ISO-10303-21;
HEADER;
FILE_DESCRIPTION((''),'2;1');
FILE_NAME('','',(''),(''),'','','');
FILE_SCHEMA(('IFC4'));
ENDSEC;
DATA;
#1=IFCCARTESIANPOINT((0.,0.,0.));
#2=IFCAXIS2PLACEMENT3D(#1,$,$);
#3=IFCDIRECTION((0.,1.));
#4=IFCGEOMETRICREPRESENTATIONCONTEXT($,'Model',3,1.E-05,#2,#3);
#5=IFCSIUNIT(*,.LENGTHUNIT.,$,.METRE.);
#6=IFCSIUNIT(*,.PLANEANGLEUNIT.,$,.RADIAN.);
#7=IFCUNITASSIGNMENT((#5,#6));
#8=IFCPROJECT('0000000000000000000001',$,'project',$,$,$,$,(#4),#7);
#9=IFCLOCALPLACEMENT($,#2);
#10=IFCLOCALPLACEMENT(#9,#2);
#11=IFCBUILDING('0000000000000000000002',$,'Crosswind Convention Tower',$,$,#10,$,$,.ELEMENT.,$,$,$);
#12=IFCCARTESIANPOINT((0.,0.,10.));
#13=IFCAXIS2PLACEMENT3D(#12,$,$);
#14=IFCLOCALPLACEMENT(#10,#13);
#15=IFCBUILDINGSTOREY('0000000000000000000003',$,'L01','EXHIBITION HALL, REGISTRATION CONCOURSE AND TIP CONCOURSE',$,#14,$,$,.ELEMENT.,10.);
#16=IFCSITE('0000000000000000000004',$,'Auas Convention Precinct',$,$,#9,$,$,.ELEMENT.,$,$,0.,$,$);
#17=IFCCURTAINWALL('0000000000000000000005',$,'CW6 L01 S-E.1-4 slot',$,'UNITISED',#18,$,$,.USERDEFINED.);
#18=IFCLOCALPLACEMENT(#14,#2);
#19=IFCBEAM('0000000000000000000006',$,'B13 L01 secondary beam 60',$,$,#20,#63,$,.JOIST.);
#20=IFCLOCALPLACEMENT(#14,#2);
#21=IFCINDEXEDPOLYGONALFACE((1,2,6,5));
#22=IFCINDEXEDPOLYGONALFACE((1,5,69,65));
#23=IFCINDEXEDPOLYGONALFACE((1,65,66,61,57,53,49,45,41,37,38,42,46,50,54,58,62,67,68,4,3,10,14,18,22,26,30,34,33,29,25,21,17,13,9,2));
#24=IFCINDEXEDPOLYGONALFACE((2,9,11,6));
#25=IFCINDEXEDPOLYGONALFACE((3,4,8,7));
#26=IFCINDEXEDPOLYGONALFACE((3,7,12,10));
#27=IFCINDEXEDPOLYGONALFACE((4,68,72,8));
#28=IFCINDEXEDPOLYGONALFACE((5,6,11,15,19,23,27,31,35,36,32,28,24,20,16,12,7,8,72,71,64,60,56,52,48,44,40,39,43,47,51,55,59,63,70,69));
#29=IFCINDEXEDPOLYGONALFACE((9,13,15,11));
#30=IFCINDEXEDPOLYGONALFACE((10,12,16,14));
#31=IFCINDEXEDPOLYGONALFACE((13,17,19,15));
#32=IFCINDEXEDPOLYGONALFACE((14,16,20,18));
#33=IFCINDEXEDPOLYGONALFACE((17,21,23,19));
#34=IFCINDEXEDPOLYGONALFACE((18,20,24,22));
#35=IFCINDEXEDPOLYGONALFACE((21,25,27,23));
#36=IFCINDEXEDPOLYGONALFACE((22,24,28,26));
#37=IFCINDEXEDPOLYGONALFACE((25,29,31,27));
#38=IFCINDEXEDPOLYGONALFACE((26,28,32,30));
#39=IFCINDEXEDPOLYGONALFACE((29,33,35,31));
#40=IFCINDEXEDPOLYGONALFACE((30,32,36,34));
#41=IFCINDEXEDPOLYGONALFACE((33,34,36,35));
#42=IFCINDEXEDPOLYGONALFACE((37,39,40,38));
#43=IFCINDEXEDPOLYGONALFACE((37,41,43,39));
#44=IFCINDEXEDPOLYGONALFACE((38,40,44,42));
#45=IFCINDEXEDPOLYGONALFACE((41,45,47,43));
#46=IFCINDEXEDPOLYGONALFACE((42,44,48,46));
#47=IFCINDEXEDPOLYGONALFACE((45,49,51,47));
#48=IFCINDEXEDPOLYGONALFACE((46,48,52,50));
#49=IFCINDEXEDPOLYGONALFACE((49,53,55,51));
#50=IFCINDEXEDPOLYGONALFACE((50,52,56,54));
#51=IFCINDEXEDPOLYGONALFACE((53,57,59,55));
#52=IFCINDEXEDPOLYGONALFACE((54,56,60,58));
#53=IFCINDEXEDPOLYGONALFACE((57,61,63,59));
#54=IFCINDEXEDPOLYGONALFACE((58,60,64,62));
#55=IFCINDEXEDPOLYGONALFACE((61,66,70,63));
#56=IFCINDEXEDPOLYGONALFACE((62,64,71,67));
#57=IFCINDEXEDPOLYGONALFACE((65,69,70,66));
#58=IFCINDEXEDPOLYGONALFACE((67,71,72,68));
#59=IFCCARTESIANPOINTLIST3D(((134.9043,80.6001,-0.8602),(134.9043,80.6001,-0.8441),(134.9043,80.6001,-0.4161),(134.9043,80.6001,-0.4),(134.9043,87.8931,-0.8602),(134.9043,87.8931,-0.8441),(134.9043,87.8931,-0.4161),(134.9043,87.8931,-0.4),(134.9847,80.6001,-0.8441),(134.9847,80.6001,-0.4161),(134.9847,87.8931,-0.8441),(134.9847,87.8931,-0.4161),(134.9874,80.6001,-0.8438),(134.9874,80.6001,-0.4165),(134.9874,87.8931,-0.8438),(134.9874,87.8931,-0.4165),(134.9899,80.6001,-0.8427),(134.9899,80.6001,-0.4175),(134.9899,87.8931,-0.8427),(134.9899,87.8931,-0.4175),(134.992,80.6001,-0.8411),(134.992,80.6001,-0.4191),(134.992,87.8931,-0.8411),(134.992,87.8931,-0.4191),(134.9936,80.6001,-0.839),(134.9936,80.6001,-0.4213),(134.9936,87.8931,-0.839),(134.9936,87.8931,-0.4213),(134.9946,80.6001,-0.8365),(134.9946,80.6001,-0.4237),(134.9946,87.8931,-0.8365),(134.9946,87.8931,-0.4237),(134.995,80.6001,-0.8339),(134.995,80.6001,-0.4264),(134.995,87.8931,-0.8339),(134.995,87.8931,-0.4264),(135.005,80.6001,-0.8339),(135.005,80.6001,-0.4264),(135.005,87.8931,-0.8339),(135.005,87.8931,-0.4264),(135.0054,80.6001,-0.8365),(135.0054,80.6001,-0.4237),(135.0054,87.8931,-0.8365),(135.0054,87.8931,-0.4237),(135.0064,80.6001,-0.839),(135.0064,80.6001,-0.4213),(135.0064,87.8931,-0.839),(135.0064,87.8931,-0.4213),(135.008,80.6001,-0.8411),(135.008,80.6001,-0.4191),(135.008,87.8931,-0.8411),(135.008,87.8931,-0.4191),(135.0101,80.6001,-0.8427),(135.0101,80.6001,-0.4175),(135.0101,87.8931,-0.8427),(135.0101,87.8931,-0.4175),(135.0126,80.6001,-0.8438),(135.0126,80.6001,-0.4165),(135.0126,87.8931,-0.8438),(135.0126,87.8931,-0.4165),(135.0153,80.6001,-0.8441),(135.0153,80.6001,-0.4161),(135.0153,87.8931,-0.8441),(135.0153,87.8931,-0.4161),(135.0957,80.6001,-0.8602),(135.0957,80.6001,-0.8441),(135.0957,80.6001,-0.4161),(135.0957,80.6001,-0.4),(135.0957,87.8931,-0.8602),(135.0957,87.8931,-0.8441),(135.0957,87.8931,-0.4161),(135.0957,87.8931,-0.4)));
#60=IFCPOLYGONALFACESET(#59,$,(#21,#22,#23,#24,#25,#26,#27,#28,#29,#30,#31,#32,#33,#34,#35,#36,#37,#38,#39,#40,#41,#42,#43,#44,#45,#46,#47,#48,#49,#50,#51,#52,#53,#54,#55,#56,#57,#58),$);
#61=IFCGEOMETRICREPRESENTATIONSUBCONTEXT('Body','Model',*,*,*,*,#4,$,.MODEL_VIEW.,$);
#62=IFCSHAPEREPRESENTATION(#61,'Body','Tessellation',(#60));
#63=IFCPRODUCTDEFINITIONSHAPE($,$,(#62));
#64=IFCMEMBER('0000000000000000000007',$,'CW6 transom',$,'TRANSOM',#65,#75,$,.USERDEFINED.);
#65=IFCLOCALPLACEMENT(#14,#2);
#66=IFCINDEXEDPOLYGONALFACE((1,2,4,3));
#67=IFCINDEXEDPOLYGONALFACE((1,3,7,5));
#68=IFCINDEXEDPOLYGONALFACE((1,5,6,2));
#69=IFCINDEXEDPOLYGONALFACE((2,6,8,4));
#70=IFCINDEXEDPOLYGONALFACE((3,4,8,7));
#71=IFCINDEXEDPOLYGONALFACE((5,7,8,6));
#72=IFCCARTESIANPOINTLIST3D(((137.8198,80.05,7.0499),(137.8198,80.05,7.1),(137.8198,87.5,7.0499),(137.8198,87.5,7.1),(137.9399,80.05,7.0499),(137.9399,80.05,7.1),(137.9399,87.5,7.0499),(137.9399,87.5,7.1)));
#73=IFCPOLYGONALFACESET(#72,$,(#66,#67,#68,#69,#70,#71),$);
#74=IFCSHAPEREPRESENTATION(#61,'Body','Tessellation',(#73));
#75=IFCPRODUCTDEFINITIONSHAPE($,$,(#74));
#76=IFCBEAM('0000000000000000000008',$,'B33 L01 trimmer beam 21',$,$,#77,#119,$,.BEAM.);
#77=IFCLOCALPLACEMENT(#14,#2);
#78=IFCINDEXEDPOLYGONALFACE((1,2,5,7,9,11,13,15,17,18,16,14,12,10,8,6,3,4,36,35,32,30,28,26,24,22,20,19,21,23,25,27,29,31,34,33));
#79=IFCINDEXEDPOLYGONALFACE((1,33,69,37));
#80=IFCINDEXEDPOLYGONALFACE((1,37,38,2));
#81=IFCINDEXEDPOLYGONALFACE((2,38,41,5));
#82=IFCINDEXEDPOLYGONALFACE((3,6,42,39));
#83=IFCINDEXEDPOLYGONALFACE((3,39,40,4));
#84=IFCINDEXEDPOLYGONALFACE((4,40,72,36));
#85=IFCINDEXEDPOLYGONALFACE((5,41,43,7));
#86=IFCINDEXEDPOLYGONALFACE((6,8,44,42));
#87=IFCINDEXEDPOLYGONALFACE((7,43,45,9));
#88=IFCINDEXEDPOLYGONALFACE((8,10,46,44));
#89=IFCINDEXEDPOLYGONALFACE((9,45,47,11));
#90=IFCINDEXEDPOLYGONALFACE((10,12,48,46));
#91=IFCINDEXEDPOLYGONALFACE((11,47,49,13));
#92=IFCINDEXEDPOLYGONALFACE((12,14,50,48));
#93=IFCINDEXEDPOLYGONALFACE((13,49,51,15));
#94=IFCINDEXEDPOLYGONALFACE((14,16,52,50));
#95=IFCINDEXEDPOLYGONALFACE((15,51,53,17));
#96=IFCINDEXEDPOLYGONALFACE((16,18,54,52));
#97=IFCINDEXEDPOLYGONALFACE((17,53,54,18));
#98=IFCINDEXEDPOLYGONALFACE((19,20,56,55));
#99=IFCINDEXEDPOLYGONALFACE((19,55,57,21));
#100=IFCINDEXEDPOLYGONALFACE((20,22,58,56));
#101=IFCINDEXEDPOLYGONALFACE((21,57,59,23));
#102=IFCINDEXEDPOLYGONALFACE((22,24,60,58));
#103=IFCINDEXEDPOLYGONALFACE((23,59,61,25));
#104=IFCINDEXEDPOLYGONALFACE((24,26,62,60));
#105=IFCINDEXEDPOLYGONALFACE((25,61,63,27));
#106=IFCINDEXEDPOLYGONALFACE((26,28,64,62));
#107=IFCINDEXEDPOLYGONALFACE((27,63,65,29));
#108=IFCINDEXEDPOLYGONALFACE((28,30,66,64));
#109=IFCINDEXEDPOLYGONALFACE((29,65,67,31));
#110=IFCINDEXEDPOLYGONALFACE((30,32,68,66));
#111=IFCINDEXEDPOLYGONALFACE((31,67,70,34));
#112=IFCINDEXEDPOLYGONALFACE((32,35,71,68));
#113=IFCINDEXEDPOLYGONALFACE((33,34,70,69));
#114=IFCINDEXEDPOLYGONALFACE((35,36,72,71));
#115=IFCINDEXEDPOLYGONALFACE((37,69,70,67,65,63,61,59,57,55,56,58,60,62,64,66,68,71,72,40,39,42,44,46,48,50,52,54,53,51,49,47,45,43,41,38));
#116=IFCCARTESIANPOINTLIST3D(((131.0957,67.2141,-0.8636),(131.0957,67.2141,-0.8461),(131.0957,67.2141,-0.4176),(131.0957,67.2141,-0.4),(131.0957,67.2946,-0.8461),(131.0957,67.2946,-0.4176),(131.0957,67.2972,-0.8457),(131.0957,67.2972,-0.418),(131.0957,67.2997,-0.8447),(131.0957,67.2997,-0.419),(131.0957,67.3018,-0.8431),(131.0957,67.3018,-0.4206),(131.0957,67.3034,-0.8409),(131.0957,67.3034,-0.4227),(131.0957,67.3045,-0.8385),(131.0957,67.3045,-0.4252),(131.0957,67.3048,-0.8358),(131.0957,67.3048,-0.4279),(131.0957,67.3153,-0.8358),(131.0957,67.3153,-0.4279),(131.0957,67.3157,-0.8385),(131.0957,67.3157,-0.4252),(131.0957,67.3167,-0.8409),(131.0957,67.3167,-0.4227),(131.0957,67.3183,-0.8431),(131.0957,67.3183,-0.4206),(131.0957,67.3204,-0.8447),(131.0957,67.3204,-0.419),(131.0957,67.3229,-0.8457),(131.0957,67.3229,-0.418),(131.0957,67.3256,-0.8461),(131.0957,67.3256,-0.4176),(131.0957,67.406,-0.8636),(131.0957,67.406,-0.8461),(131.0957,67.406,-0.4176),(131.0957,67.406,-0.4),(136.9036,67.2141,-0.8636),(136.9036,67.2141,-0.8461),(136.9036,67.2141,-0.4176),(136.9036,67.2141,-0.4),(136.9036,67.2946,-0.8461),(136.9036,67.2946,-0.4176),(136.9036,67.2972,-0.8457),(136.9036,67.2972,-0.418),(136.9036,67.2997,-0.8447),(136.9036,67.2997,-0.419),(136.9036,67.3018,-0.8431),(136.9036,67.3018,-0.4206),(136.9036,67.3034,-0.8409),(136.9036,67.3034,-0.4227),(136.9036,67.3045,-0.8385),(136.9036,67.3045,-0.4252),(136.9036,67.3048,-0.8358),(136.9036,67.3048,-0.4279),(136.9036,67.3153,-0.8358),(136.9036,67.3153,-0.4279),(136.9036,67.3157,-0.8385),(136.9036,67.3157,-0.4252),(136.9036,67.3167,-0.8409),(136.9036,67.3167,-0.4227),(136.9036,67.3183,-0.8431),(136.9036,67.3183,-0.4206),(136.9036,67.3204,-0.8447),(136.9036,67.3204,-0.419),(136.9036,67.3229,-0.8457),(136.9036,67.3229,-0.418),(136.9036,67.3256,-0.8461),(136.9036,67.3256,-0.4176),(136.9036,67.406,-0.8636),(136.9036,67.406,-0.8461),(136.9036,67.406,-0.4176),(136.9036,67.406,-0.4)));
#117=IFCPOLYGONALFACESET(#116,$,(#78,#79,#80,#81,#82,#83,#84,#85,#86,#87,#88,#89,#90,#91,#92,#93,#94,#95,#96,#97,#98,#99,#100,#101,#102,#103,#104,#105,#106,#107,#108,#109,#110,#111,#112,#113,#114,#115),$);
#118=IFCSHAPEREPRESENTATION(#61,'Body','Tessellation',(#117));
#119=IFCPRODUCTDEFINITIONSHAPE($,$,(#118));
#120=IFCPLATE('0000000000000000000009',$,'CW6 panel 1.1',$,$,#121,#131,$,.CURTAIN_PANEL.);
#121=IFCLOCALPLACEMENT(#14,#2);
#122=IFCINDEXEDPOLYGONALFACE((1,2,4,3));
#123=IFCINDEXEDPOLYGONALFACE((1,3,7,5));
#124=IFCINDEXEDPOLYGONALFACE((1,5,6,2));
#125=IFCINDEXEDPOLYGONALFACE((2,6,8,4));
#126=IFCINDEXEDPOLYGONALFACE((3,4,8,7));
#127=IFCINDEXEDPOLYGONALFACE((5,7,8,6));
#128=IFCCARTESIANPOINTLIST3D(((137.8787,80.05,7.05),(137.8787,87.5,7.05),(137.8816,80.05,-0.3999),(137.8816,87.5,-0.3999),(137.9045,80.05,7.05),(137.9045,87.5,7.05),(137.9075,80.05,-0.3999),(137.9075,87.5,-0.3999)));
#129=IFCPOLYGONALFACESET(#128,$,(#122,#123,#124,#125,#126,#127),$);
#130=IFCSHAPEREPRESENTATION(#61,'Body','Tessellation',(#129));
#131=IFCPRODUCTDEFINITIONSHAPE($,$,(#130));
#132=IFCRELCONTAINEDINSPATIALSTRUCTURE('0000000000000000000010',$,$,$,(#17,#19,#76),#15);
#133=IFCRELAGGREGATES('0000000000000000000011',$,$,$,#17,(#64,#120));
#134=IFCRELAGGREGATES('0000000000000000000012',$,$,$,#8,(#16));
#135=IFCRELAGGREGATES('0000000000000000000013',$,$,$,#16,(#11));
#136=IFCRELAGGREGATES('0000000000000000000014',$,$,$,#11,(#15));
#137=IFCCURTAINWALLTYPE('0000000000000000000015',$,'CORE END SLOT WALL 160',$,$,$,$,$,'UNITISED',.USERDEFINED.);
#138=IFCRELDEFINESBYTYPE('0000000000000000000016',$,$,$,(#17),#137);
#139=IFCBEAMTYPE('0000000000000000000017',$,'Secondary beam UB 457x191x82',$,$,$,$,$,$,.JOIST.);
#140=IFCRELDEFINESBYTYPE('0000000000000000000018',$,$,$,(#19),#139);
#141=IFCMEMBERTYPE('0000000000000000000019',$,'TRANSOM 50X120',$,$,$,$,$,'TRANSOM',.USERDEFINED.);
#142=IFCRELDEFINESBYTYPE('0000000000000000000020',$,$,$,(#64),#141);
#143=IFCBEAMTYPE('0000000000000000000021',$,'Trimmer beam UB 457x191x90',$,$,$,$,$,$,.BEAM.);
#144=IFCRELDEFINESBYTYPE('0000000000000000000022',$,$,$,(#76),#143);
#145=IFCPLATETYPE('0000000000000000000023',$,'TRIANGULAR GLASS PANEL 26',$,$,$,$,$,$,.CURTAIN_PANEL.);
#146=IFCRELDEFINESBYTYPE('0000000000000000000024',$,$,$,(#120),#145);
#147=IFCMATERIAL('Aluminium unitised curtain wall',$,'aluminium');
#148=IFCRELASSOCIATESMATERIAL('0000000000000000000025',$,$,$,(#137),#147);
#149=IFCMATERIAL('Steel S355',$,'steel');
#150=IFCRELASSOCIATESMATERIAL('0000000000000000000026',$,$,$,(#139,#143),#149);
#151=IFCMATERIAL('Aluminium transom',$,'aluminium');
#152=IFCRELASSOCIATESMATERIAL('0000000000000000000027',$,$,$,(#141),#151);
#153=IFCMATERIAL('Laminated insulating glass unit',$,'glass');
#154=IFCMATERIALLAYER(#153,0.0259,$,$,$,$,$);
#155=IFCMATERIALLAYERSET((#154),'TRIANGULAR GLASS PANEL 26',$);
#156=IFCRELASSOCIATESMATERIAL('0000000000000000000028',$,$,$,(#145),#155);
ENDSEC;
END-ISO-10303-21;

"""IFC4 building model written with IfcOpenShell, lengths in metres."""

from ifc_helpers import new_model, si_unit, direction, frame, origin, origin_2d, place, context, subcontext, project, spatial, polyline, rectangle, i_section, outline, extrude, material, layer, layer_set, material_profile, profile_set, type_object, element, aggregate, save


model = new_model("IFC4")

# Units and contexts
model_context = context("Model", 3, precision=1e-05, world=origin(), true_north=direction((0.0, 1.0)))
body_context = subcontext(model_context, "Body", "Model", "MODEL_VIEW")
ifc_project = project(units=[si_unit("LENGTHUNIT", "METRE"), si_unit("PLANEANGLEUNIT", "RADIAN")], contexts=[model_context])

# Site, building, storey
site_placement = place(None, origin())
site = spatial("IfcSite", under=ifc_project, at=site_placement, Name="Auas Convention Precinct", CompositionType="ELEMENT", RefElevation=0.0)
building_placement = place(site_placement, origin())
building = spatial("IfcBuilding", under=site, at=building_placement, Name="Crosswind Convention Tower", CompositionType="ELEMENT")
storey_placement = place(building_placement, frame((0.0, 0.0, 10.0)))
storey = spatial("IfcBuildingStorey", under=building, at=storey_placement, Name="L01", Description="EXHIBITION HALL, REGISTRATION CONCOURSE AND TIP CONCOURSE", CompositionType="ELEMENT", Elevation=10.0)

# Shared definitions
ifc_material_1 = material(Name="Steel S355", Category="steel")

# Curtain wall
ifc_material_2 = material(Name="Aluminium unitised curtain wall", Category="aluminium")
curtain_wall_type = type_object("IfcCurtainWallType", Name="CORE END SLOT WALL 160", ElementType="UNITISED", PredefinedType="USERDEFINED", material=ifc_material_2)
curtain_wall_placement = place(storey_placement, origin())
curtain_wall = element("IfcCurtainWall", 1, at=curtain_wall_placement, inside=storey, type_object=curtain_wall_type, Name="CW6 L01 S-E.1-4 slot", ObjectType="UNITISED", PredefinedType="USERDEFINED")

# Beam
ifc_material_profile_1 = material_profile(ifc_material_1, i_section(OverallWidth=0.1914, OverallDepth=0.4602, WebThickness=0.01, FlangeThickness=0.0161, FilletRadius=0.0103, at=origin_2d()), Name="UB 457x191x82")
ifc_profile_set_1 = profile_set([ifc_material_profile_1], Name="Steel S355")
beam_type_1 = type_object("IfcBeamType", Name="Secondary beam UB 457x191x82", PredefinedType="JOIST", material=ifc_profile_set_1)
beam_1_placement = place(storey_placement, frame((135.0, 80.6001, -0.6301), z_axis=(0.0, 1.0, 0.0), x_axis=(-1.0, 0.0, 0.0)))
element("IfcBeam", 2, at=beam_1_placement, inside=storey, type_object=beam_type_1, Name="B13 L01 secondary beam 60", PredefinedType="JOIST", context=body_context, shape_type="SweptSolid", body=[
    extrude(i_section(OverallWidth=0.1914, OverallDepth=0.4602, WebThickness=0.01, FlangeThickness=0.0161, FilletRadius=0.0103, at=origin_2d()), origin(), (0.0, 0.0, 1.0), 7.293),
])

# Member
ifc_material_3 = material(Name="Aluminium transom", Category="aluminium")
ifc_material_profile_2 = material_profile(ifc_material_3, rectangle(XDim=0.1201, YDim=0.05, at=origin_2d()), Name="AL 120X50")
ifc_profile_set_2 = profile_set([ifc_material_profile_2], Name="Aluminium transom")
member_type_1 = type_object("IfcMemberType", Name="TRANSOM 50X120", ElementType="TRANSOM", PredefinedType="USERDEFINED", material=ifc_profile_set_2)
member_1_placement = place(storey_placement, frame((137.8799, 80.05, 7.075), z_axis=(0.0, 1.0, 0.0), x_axis=(-1.0, 0.0, 0.0)))
member_1 = element("IfcMember", 3, at=member_1_placement, type_object=member_type_1, Name="CW6 transom", ObjectType="TRANSOM", PredefinedType="USERDEFINED", context=body_context, shape_type="SweptSolid", body=[
    extrude(rectangle(XDim=0.1201, YDim=0.05, at=origin_2d()), origin(), (0.0, 0.0, 1.0), 7.45),
])

# Beam
ifc_material_profile_3 = material_profile(ifc_material_1, i_section(OverallWidth=0.1919, OverallDepth=0.4636, WebThickness=0.0105, FlangeThickness=0.0176, FilletRadius=0.0103, at=origin_2d()), Name="UB 457x191x90")
ifc_profile_set_3 = profile_set([ifc_material_profile_3], Name="Steel S355")
beam_type_2 = type_object("IfcBeamType", Name="Trimmer beam UB 457x191x90", PredefinedType="BEAM", material=ifc_profile_set_3)
beam_2_placement = place(storey_placement, frame((131.0957, 67.3101, -0.6318), z_axis=(1.0, 0.0, 0.0), x_axis=(0.0, 1.0, 0.0)))
element("IfcBeam", 4, at=beam_2_placement, inside=storey, type_object=beam_type_2, Name="B33 L01 trimmer beam 21", PredefinedType="BEAM", context=body_context, shape_type="SweptSolid", body=[
    extrude(i_section(OverallWidth=0.1919, OverallDepth=0.4636, WebThickness=0.0105, FlangeThickness=0.0176, FilletRadius=0.0103, at=origin_2d()), origin(), (0.0, 0.0, 1.0), 5.8079),
])

# Plate
ifc_material_4 = material(Name="Laminated insulating glass unit", Category="glass")
ifc_layer = layer(ifc_material_4, 0.0259)
ifc_layer_set = layer_set([ifc_layer], Name="TRIANGULAR GLASS PANEL 26")
plate_type = type_object("IfcPlateType", Name="TRIANGULAR GLASS PANEL 26", PredefinedType="CURTAIN_PANEL", material=ifc_layer_set)
plate_placement = place(storey_placement, frame((137.9075, 80.05, -0.3999), z_axis=(1.0, 0.0, 0.000393), x_axis=(0.0, 1.0, 0.0)))
plate = element("IfcPlate", 5, at=plate_placement, type_object=plate_type, Name="CW6 panel 1.1", PredefinedType="CURTAIN_PANEL", context=body_context, shape_type="SweptSolid", body=[
    extrude(outline(polyline([(0.0, 0.0), (7.45, 0.0), (7.45, 7.45), (0.0, 7.45), (0.0, 0.0)])), origin(), (0.0, 0.0, -1.0), 0.0259),
])
aggregate(curtain_wall, [member_1, plate])

save(model, "model.ifc")
